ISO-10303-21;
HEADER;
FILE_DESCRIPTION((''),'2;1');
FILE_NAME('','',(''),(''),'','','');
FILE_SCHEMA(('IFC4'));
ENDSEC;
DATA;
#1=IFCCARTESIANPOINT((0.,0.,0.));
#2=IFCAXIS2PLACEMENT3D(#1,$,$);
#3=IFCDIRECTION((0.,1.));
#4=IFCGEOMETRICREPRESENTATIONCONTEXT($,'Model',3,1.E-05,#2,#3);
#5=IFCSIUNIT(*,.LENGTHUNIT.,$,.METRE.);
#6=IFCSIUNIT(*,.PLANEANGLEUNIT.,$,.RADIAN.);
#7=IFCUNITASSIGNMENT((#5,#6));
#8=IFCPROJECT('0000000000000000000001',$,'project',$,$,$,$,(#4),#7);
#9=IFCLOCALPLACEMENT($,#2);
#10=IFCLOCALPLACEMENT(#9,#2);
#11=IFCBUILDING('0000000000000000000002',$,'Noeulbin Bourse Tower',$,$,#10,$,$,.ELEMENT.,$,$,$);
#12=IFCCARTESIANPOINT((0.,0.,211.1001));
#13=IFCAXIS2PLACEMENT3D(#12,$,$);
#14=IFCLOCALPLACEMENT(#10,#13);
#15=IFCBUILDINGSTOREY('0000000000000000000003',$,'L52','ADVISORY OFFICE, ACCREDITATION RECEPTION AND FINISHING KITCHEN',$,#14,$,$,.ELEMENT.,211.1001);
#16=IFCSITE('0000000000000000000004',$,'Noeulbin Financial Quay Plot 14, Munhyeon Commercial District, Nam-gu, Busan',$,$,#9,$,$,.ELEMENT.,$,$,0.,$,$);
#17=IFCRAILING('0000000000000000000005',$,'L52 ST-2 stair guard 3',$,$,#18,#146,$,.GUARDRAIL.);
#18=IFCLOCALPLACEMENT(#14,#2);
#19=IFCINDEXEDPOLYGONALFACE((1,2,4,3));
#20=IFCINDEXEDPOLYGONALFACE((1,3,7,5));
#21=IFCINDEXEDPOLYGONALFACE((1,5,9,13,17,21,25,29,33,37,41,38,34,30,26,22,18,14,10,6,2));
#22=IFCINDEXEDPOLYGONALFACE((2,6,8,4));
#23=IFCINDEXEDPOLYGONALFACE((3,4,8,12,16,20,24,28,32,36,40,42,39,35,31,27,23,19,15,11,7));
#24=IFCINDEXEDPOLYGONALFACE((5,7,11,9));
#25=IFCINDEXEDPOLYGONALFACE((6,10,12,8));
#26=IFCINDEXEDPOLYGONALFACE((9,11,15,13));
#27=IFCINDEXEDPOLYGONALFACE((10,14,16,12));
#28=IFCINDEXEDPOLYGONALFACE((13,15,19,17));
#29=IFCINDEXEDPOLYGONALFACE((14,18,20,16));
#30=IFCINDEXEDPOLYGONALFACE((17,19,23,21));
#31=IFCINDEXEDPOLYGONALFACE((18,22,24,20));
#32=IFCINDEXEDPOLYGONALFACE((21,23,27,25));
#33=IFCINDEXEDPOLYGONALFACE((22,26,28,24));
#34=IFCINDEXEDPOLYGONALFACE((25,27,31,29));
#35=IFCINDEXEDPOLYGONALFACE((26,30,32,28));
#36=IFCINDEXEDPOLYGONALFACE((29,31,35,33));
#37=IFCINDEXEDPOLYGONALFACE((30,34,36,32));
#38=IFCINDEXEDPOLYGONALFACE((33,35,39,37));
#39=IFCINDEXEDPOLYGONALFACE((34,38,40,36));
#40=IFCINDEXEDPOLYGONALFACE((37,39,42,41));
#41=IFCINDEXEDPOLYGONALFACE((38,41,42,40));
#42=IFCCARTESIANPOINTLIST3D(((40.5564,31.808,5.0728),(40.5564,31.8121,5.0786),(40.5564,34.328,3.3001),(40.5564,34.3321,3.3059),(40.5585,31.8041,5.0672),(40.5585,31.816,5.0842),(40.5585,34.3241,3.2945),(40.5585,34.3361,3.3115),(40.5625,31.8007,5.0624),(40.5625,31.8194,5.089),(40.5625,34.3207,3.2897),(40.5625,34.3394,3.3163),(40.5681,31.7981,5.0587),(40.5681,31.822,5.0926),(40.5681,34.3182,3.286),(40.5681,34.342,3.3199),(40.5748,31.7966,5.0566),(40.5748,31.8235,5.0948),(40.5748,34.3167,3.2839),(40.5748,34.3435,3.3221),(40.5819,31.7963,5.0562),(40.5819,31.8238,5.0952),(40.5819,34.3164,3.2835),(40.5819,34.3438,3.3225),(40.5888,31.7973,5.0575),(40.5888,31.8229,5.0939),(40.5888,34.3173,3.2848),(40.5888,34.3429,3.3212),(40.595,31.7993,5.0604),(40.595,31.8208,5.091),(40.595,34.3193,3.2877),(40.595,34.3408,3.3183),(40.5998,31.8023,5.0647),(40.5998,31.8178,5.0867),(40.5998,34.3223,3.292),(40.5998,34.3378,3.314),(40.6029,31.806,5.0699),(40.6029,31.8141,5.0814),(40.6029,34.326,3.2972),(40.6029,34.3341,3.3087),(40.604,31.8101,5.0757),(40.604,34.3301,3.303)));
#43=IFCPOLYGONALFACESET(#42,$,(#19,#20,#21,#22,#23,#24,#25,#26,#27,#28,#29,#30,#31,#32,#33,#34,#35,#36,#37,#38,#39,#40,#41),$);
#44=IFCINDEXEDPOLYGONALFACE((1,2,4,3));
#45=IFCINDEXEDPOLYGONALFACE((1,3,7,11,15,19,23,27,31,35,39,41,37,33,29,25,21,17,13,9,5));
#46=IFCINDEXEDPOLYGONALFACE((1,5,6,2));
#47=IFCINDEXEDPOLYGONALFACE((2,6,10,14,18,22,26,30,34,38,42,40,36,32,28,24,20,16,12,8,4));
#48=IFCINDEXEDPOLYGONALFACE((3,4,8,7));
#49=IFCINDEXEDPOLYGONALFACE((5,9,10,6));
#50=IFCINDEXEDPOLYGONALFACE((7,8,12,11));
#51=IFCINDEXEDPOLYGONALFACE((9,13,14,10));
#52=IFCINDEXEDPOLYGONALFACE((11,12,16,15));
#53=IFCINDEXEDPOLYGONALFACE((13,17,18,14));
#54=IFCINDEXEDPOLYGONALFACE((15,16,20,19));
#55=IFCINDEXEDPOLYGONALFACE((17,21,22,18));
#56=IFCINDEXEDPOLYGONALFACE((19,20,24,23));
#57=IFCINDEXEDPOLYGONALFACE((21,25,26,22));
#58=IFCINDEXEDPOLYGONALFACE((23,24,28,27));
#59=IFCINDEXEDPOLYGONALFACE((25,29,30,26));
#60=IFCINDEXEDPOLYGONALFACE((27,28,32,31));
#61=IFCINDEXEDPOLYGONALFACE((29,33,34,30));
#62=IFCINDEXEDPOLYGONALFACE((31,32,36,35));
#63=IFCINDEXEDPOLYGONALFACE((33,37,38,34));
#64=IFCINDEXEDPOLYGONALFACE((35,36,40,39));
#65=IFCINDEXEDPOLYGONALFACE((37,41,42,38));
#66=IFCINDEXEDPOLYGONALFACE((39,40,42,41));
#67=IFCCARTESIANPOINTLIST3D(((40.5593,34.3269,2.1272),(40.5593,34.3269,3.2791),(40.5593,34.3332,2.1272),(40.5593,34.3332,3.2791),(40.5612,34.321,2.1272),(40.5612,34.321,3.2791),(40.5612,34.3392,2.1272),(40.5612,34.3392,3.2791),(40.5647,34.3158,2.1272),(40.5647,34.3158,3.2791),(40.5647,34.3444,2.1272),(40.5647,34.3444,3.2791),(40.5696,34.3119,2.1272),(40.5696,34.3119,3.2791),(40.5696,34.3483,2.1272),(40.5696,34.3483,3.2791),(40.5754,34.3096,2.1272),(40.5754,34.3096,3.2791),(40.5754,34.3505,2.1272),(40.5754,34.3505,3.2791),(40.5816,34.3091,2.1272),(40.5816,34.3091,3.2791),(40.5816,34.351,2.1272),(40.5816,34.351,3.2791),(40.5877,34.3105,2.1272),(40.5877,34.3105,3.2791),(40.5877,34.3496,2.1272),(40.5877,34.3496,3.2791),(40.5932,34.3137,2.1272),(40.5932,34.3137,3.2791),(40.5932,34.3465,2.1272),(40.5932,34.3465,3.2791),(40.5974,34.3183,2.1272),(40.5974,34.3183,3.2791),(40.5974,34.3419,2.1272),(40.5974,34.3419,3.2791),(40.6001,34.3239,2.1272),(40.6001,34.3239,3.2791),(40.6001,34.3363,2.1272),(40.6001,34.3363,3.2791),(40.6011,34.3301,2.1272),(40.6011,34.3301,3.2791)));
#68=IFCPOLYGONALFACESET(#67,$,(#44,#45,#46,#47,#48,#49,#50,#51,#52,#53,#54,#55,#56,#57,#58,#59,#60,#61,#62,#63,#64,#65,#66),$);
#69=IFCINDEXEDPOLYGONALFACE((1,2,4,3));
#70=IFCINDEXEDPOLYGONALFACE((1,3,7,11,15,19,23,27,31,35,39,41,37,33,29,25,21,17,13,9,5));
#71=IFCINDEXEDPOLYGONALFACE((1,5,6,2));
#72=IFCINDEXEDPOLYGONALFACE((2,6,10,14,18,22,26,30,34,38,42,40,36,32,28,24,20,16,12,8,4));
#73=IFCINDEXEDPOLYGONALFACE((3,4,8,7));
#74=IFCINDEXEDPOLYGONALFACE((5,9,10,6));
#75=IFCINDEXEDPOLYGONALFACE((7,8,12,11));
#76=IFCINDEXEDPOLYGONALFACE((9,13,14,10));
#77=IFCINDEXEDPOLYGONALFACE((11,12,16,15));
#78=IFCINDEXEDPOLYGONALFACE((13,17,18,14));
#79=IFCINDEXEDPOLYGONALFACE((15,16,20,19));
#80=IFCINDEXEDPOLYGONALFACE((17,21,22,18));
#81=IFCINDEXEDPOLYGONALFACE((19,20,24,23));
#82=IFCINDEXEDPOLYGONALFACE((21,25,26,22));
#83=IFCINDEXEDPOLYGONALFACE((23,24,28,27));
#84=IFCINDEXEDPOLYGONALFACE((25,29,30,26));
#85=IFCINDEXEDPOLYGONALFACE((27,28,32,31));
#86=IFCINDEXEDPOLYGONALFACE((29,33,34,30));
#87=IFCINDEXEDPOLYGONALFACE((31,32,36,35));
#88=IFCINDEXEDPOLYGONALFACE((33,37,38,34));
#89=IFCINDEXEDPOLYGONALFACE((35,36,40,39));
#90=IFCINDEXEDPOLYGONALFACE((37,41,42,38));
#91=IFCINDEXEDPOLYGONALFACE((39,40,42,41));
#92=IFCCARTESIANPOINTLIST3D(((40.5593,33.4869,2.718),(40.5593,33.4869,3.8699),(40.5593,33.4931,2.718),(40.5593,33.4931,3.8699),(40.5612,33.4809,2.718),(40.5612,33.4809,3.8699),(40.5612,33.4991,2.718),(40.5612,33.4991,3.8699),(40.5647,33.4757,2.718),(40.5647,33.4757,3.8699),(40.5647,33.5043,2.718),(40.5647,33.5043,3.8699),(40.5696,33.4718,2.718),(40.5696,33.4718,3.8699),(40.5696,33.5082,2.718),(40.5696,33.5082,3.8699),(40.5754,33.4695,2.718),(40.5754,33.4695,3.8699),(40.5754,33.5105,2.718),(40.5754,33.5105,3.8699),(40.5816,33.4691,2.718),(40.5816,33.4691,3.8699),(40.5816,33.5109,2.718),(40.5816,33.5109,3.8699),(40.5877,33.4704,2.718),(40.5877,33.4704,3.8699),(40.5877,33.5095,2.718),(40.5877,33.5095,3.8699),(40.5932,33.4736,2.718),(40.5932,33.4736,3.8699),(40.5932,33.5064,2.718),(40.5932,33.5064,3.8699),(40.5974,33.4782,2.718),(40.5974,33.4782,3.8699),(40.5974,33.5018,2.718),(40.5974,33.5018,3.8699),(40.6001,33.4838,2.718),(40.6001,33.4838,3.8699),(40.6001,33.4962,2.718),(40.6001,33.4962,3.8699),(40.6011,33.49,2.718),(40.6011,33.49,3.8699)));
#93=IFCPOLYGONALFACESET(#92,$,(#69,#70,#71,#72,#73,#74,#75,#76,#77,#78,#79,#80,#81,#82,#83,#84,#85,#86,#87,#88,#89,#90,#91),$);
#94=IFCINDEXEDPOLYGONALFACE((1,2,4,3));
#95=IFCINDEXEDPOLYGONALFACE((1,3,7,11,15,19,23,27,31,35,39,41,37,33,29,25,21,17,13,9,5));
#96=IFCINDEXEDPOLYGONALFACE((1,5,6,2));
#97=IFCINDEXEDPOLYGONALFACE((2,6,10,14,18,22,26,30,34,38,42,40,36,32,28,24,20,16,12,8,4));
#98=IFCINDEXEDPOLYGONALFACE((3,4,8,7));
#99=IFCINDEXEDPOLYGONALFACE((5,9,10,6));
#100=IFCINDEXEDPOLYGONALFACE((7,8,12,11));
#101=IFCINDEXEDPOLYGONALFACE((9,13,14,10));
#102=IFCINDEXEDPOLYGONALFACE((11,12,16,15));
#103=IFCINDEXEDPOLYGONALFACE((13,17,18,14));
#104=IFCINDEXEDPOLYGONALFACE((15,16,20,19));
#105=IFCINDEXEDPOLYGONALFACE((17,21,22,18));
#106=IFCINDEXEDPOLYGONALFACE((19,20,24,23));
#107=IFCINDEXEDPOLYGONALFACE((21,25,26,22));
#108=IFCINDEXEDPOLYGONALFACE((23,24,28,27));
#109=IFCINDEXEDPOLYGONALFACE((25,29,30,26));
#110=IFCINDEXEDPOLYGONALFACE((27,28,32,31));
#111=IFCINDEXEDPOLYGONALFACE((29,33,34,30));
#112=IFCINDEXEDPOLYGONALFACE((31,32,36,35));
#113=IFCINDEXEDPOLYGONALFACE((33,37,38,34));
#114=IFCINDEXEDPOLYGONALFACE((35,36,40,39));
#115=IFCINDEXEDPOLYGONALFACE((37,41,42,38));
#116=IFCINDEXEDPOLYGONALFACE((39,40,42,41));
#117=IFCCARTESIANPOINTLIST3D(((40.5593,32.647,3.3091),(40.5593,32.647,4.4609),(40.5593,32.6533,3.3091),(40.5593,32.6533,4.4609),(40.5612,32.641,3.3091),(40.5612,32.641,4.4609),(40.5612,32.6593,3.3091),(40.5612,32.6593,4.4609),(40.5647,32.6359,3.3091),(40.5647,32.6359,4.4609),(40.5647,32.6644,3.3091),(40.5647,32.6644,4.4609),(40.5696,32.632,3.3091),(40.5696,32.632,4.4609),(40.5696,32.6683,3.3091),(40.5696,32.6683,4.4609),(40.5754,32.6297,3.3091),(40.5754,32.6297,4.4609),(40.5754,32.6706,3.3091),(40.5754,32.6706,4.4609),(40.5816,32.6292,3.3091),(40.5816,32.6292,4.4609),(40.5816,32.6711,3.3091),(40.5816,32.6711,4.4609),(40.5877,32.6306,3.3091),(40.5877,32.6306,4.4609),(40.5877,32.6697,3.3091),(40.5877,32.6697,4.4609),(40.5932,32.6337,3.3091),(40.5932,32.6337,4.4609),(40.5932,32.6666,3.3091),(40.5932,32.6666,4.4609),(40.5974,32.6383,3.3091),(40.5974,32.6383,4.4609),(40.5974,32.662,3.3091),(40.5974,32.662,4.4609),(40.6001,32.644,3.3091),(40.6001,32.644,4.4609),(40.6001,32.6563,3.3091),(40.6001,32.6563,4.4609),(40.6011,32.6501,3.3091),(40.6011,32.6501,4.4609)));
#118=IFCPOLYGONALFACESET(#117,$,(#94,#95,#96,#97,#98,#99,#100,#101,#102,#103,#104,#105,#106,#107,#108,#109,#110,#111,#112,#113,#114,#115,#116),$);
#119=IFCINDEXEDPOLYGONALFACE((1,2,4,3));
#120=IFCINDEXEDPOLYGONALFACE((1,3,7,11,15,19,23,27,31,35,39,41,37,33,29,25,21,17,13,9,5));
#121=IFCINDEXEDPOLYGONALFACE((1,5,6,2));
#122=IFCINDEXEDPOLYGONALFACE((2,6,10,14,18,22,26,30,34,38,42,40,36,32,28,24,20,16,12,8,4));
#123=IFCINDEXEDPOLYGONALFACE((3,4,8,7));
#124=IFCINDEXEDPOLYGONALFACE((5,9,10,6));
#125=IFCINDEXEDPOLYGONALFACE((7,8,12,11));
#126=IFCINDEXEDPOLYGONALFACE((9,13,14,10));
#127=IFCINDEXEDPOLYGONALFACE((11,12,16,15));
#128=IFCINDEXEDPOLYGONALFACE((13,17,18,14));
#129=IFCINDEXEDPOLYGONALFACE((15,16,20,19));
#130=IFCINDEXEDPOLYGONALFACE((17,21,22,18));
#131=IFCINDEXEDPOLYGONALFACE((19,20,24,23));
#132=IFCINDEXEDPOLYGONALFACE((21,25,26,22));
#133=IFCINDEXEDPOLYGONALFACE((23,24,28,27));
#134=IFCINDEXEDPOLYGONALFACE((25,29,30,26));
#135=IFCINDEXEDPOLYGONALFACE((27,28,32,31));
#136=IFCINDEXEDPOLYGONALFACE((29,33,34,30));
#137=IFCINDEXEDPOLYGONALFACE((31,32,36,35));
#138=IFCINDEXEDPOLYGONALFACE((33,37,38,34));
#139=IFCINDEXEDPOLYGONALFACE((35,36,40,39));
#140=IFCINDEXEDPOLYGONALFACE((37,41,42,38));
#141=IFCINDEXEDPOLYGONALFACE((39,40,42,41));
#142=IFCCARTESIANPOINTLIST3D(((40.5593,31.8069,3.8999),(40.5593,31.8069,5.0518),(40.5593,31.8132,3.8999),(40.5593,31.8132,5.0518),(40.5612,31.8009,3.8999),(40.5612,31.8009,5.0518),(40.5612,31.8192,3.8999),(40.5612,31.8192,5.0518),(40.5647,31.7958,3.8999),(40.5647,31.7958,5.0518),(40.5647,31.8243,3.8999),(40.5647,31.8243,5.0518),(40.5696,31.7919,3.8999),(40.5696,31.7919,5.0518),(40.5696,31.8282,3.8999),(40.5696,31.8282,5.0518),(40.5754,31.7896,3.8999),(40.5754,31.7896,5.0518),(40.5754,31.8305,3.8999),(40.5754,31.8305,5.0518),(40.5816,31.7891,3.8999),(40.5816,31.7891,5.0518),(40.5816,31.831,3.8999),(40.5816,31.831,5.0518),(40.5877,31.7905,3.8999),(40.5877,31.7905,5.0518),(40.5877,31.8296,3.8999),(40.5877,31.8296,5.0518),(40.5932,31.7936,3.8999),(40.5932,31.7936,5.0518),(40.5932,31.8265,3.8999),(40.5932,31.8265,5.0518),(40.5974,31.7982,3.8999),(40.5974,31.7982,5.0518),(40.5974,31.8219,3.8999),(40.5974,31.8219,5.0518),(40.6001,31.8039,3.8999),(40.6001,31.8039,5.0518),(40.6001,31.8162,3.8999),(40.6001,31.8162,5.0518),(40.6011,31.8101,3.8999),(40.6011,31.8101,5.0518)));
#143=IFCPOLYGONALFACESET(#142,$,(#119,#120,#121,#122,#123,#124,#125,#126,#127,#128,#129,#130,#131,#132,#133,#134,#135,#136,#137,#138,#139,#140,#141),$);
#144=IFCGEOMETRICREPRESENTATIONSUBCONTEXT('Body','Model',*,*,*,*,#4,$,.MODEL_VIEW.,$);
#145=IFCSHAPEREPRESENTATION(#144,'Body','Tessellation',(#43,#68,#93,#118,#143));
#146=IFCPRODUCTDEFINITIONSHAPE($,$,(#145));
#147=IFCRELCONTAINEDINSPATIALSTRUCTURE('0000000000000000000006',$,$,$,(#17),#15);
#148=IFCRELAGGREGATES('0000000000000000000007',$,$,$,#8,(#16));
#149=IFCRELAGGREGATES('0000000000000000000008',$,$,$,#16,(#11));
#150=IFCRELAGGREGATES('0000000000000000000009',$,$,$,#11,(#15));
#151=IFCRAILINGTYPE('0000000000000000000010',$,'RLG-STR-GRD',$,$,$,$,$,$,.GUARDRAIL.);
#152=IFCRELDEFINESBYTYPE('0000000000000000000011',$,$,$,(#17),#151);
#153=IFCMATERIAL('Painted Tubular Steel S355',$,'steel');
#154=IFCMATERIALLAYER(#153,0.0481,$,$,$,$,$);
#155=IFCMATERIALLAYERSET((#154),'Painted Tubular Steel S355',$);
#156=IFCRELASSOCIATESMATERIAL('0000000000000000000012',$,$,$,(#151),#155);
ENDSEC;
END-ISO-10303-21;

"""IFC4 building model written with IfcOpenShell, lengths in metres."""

from ifc_helpers import new_model, si_unit, direction, frame, origin, origin_2d, place, context, subcontext, project, spatial, circle, extrude, material, layer, layer_set, type_object, element, save


model = new_model("IFC4")

# Units and contexts
model_context = context("Model", 3, precision=1e-05, world=origin(), true_north=direction((0.0, 1.0)))
body_context = subcontext(model_context, "Body", "Model", "MODEL_VIEW")
ifc_project = project(units=[si_unit("LENGTHUNIT", "METRE"), si_unit("PLANEANGLEUNIT", "RADIAN")], contexts=[model_context])

# Site, building, storey
site_placement = place(None, origin())
site = spatial("IfcSite", under=ifc_project, at=site_placement, Name="Noeulbin Financial Quay Plot 14, Munhyeon Commercial District, Nam-gu, Busan", CompositionType="ELEMENT", RefElevation=0.0)
building_placement = place(site_placement, origin())
building = spatial("IfcBuilding", under=site, at=building_placement, Name="Noeulbin Bourse Tower", CompositionType="ELEMENT")
storey_placement = place(building_placement, frame((0.0, 0.0, 211.1001)))
storey = spatial("IfcBuildingStorey", under=building, at=storey_placement, Name="L52", Description="ADVISORY OFFICE, ACCREDITATION RECEPTION AND FINISHING KITCHEN", CompositionType="ELEMENT", Elevation=211.1001)

# Railing
ifc_material_1 = material(Name="Painted Tubular Steel S355", Category="steel")
ifc_layer_1 = layer(ifc_material_1, 0.0481)
ifc_layer_set_1 = layer_set([ifc_layer_1], Name="Painted Tubular Steel S355")
railing_type_1 = type_object("IfcRailingType", Name="RLG-STR-GRD", PredefinedType="GUARDRAIL", material=ifc_layer_set_1)
railing_1_placement = place(storey_placement, frame((40.5801, 34.3301, 2.1272)))
element("IfcRailing", 1, at=railing_1_placement, inside=storey, type_object=railing_type_1, Name="L52 ST-2 stair guard 3", PredefinedType="GUARDRAIL", context=body_context, shape_type="SweptSolid", body=[
    extrude(circle(Radius=0.0239, at=origin_2d()), frame((0.0, 0.0, 1.1758), z_axis=(0.0, -0.817904, 0.575354), x_axis=(1.0, 0.0, 0.0)), (0.0, 0.0, 1.0), 3.0811),
    extrude(circle(Radius=0.021, at=origin_2d()), origin(), (0.0, 0.0, 1.0), 1.1519),
    extrude(circle(Radius=0.021, at=origin_2d()), frame((0.0, -0.8401, 0.5908)), (0.0, 0.0, 1.0), 1.1519),
    extrude(circle(Radius=0.021, at=origin_2d()), frame((0.0, -1.6799, 1.1819)), (0.0, 0.0, 1.0), 1.1519),
    extrude(circle(Radius=0.021, at=origin_2d()), frame((0.0, -2.52, 1.7727)), (0.0, 0.0, 1.0), 1.1519),
])

save(model, "model.ifc")
